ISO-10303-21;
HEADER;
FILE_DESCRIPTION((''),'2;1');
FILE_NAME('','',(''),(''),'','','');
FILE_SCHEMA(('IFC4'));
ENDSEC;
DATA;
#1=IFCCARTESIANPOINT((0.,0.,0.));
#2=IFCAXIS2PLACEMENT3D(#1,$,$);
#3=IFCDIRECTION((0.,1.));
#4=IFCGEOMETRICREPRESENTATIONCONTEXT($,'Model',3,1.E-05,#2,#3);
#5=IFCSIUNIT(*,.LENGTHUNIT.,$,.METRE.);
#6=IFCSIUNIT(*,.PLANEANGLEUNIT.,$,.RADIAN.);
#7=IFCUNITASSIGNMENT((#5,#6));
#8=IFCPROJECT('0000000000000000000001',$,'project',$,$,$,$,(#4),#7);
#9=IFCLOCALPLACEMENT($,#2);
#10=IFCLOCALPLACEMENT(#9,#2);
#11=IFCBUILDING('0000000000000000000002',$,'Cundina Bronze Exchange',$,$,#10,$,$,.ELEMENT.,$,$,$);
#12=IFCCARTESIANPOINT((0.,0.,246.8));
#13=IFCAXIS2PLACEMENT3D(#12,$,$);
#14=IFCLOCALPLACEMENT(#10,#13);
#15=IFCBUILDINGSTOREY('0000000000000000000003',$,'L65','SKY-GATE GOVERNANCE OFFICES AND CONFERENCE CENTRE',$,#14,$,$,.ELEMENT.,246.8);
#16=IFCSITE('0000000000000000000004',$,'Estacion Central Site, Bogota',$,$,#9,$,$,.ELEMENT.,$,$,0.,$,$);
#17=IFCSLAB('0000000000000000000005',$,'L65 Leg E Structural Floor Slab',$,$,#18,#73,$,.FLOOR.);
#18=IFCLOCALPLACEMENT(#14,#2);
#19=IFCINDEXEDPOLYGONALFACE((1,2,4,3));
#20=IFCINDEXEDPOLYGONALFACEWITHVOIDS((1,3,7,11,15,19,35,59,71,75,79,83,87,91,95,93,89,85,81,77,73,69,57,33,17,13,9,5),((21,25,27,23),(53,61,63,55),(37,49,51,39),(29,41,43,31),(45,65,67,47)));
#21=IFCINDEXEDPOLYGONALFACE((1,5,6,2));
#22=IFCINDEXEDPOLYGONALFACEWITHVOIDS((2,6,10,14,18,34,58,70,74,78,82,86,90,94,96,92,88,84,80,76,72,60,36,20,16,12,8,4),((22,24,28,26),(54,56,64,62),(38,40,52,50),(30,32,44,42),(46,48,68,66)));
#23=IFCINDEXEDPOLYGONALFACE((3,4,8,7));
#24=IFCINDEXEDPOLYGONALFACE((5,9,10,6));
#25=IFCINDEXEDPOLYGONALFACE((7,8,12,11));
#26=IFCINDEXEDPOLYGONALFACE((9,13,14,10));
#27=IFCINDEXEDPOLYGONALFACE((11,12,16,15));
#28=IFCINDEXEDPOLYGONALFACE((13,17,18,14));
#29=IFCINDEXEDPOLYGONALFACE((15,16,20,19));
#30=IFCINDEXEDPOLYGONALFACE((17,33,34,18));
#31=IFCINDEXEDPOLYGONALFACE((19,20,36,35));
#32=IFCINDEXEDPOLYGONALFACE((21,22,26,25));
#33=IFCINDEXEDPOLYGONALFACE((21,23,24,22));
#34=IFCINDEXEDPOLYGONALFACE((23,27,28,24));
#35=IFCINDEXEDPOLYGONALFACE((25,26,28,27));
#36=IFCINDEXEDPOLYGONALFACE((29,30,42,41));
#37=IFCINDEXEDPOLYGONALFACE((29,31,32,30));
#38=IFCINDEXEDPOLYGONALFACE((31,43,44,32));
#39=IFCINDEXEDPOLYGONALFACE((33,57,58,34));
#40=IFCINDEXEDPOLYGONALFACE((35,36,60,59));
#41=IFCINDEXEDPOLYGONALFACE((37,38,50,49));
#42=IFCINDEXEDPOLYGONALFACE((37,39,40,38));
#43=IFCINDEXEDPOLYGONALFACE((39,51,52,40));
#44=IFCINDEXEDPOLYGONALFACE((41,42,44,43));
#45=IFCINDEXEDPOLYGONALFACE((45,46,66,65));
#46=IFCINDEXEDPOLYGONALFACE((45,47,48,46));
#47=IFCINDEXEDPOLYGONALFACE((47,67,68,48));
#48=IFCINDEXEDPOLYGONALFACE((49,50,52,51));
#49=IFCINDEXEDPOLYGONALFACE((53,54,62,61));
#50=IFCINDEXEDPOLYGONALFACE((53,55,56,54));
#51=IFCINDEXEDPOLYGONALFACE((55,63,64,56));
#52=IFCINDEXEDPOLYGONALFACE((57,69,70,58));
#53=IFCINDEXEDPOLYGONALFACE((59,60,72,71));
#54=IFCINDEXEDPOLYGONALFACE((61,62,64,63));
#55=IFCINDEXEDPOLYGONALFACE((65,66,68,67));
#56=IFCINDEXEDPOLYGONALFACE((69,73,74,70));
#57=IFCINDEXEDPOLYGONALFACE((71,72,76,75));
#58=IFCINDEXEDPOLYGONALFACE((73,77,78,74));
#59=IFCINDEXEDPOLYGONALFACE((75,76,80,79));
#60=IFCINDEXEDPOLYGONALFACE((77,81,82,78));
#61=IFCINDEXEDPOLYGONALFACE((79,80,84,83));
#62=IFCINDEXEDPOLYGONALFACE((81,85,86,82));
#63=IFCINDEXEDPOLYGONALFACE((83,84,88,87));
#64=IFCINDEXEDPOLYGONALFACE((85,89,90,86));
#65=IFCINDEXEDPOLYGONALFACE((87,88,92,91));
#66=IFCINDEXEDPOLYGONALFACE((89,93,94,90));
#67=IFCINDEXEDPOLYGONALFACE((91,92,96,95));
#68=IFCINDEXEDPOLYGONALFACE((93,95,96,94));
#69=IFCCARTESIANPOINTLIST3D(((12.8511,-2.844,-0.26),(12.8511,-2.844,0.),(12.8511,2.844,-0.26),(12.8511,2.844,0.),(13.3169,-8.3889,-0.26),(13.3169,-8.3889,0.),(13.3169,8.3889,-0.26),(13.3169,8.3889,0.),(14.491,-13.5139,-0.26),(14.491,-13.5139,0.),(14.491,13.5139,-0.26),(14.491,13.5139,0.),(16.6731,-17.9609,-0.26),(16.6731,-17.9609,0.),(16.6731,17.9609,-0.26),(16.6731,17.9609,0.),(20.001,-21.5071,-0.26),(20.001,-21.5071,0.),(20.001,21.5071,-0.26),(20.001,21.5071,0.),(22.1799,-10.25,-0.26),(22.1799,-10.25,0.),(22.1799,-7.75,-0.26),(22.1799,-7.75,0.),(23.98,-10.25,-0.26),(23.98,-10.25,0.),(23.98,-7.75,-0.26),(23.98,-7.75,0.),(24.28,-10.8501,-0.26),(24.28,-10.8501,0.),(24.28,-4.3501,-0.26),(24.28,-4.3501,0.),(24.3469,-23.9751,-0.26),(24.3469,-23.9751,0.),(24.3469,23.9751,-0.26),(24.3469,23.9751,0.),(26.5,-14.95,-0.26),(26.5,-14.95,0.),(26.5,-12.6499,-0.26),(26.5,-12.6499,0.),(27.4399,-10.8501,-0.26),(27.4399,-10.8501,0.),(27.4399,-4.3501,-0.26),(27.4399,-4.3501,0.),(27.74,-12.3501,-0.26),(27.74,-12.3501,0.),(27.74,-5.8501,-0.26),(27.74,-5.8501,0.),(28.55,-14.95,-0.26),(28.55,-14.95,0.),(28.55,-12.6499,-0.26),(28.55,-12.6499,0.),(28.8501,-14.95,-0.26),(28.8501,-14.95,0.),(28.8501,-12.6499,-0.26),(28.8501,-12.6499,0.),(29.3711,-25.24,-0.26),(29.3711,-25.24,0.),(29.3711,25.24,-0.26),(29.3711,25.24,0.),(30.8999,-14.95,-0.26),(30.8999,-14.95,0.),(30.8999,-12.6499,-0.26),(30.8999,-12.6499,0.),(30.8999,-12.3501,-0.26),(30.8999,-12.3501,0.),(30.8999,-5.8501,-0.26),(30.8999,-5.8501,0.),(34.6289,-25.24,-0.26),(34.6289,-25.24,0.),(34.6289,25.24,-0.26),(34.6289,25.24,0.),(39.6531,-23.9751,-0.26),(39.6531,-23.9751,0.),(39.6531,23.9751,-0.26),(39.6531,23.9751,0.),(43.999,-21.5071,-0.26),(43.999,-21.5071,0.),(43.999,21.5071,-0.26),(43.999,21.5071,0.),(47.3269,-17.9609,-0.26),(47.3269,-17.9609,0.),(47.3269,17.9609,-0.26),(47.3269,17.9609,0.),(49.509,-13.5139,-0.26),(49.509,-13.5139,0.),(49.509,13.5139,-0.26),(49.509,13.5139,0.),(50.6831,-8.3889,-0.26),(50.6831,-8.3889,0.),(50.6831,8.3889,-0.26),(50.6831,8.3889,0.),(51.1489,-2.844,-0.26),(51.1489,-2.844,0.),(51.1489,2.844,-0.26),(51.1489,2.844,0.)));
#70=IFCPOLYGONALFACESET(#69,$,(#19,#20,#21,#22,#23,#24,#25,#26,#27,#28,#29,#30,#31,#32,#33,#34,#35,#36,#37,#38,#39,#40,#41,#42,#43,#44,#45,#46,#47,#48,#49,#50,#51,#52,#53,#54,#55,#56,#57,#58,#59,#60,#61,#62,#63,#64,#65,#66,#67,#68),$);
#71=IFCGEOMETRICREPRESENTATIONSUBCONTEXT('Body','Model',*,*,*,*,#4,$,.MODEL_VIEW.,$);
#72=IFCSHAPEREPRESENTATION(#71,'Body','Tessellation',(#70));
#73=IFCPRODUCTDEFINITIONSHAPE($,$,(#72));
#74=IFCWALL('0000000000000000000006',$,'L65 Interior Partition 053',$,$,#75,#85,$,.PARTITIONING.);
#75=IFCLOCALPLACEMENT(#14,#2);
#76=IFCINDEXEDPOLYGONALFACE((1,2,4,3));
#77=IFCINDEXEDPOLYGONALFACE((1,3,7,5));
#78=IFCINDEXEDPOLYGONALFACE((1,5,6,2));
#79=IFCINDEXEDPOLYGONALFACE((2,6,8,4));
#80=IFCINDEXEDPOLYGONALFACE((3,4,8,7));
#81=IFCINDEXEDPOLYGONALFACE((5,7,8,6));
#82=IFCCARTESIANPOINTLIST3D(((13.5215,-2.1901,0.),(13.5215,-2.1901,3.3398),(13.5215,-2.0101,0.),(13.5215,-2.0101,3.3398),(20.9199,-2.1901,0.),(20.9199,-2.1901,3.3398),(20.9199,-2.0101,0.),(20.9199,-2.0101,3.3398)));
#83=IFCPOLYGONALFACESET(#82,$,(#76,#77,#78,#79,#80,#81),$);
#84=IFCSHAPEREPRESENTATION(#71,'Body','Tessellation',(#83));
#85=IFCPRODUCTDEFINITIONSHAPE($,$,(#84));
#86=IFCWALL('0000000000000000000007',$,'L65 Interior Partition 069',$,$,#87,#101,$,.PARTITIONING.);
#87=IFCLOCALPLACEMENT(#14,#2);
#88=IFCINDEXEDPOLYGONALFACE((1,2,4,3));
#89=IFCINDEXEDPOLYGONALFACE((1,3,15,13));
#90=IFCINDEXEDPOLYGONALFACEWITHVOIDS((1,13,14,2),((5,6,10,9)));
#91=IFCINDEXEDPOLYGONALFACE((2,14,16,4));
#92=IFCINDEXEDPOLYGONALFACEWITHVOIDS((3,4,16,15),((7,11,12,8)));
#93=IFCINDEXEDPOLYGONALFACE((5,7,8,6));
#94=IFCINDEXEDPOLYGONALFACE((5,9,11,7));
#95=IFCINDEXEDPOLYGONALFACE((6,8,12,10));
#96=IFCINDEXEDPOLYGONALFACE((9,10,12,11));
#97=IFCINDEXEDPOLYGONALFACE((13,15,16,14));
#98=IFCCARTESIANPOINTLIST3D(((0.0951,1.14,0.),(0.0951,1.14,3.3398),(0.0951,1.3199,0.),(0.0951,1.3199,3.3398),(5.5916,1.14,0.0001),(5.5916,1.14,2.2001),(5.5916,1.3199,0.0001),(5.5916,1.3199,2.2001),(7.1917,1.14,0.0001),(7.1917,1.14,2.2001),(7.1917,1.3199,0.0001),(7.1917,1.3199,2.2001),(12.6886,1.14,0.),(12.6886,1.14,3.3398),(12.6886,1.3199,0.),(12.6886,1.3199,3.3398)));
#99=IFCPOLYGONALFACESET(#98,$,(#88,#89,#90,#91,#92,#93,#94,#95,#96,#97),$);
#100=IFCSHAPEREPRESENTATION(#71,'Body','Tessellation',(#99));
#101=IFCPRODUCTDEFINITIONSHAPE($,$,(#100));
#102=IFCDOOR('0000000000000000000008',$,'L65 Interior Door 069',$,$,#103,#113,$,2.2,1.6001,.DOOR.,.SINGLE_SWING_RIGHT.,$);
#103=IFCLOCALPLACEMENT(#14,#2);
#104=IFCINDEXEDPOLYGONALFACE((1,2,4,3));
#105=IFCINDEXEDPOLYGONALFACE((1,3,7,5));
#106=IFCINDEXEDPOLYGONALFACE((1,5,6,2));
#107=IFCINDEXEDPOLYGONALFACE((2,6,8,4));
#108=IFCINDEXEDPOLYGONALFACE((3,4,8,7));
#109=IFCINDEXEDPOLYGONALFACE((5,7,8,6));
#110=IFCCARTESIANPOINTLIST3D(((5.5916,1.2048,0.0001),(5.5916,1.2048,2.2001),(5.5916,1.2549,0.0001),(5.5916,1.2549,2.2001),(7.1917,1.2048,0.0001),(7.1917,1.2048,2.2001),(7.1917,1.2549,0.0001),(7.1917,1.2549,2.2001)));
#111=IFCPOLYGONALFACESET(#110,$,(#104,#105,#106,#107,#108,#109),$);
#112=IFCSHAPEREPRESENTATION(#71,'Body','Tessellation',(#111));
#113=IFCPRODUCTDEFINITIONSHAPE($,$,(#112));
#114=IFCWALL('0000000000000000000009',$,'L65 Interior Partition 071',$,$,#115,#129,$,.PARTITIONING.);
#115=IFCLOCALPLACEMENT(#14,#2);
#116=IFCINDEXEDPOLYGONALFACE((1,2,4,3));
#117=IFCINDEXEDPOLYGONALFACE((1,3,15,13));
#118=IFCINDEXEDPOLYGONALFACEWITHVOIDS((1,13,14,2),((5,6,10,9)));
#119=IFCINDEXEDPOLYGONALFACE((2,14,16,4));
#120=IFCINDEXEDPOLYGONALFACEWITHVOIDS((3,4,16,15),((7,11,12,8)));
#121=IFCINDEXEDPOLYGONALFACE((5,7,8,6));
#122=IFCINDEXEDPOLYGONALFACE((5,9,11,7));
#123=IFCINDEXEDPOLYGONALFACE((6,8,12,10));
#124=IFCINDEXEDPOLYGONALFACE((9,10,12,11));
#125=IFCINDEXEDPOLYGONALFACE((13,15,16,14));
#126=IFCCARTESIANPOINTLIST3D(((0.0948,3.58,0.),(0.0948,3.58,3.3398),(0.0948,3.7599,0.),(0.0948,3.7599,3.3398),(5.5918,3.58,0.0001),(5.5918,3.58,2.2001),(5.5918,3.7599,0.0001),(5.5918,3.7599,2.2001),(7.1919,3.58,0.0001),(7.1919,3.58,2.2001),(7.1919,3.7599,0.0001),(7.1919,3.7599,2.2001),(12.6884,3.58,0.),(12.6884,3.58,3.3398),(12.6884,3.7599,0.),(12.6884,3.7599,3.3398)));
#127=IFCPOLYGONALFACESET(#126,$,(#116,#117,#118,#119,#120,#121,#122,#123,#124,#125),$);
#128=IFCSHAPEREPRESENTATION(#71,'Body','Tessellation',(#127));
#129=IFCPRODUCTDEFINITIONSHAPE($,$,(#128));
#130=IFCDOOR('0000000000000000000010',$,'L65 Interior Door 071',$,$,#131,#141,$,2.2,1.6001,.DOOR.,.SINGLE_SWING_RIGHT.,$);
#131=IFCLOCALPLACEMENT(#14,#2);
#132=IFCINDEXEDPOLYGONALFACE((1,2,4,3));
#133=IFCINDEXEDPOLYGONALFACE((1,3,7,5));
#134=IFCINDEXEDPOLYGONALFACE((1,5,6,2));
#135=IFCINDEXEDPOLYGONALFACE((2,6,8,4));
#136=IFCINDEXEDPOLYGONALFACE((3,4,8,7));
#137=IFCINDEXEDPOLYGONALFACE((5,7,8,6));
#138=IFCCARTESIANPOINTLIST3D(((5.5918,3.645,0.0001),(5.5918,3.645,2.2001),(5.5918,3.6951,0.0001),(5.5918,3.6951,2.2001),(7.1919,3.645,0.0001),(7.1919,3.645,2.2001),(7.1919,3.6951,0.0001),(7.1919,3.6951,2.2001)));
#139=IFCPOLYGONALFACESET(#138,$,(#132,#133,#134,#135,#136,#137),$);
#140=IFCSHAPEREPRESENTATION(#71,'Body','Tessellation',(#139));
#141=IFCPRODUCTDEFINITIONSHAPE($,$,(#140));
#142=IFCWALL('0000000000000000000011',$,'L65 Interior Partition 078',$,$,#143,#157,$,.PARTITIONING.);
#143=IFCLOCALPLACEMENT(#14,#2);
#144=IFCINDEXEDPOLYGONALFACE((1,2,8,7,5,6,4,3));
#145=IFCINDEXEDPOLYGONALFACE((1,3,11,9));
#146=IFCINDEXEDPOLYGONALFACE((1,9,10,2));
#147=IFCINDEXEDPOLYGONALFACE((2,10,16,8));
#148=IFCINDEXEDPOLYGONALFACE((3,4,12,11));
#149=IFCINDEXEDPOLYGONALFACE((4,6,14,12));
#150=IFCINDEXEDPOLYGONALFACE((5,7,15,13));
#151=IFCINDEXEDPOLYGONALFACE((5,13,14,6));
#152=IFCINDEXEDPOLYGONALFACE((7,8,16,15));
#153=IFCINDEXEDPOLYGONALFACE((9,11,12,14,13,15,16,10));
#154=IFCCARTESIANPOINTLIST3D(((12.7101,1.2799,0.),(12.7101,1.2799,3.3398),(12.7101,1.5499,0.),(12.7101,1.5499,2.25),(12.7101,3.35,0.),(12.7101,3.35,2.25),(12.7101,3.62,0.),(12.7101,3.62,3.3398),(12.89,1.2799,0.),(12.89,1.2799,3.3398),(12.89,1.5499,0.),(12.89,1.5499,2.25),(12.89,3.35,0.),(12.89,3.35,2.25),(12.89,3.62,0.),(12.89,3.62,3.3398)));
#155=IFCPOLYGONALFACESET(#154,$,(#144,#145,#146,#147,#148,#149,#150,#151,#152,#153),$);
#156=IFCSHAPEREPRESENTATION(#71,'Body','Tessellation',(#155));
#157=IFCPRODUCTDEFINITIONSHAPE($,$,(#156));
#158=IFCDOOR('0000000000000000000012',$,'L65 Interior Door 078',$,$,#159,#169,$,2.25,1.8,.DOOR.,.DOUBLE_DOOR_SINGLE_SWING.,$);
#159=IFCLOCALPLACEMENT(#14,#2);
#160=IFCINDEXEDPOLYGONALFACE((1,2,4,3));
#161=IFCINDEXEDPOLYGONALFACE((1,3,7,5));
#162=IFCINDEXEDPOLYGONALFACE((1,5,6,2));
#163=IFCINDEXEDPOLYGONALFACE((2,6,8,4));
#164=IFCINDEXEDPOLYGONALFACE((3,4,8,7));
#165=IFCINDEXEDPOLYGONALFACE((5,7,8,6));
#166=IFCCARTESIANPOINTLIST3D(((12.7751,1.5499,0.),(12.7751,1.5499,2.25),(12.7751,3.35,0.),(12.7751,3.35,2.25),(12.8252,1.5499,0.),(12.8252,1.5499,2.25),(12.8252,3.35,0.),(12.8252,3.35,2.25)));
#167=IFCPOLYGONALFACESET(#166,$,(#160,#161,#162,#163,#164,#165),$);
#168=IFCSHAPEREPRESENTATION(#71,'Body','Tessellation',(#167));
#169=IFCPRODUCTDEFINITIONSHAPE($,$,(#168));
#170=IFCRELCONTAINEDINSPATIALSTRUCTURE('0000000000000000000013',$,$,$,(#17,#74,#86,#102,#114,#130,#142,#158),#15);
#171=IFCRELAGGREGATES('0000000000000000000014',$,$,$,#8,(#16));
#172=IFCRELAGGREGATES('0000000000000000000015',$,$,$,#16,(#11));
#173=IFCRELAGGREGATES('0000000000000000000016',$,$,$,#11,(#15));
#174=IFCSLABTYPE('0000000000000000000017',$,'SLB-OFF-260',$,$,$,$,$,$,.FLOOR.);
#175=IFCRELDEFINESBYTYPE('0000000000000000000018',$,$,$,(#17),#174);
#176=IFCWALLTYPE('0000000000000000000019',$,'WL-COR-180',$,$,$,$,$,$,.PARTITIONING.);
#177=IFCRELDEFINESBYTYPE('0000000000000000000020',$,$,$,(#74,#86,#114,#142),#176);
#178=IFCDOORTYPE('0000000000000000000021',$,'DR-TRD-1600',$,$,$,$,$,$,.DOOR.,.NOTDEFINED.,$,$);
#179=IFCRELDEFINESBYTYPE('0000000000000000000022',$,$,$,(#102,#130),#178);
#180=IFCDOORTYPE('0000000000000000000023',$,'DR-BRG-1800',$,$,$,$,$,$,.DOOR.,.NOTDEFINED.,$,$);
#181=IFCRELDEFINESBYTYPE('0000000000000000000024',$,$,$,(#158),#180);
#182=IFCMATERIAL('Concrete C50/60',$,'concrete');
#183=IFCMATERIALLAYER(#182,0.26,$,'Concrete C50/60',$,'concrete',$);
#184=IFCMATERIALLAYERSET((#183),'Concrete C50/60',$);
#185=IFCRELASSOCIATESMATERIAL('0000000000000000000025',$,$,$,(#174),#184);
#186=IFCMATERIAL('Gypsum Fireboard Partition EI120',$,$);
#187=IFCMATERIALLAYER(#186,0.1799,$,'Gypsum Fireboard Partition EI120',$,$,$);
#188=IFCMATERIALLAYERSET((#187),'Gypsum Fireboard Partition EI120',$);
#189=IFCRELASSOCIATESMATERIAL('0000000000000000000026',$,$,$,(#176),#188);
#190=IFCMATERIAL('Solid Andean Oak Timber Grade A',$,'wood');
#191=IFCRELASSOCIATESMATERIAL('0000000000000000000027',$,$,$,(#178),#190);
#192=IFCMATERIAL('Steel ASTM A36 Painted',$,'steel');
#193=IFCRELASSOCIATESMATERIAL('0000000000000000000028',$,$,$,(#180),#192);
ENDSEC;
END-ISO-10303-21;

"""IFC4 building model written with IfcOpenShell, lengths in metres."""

from ifc_helpers import new_model, si_unit, direction, frame, frame_2d, origin, place, context, subcontext, project, spatial, polyline, rectangle, outline, extrude, material, layer, layer_set, type_object, element, fill, save


model = new_model("IFC4")

# Units and contexts
model_context = context("Model", 3, precision=1e-05, world=origin(), true_north=direction((0.0, 1.0)))
body_context = subcontext(model_context, "Body", "Model", "MODEL_VIEW")
ifc_project = project(units=[si_unit("LENGTHUNIT", "METRE"), si_unit("PLANEANGLEUNIT", "RADIAN")], contexts=[model_context])

# Site, building, storey
site_placement = place(None, origin())
site = spatial("IfcSite", under=ifc_project, at=site_placement, Name="Estacion Central Site, Bogota", CompositionType="ELEMENT", RefElevation=0.0)
building_placement = place(site_placement, origin())
building = spatial("IfcBuilding", under=site, at=building_placement, Name="Cundina Bronze Exchange", CompositionType="ELEMENT")
storey_placement = place(building_placement, frame((0.0, 0.0, 246.8)))
storey = spatial("IfcBuildingStorey", under=building, at=storey_placement, Name="L65", Description="SKY-GATE GOVERNANCE OFFICES AND CONFERENCE CENTRE", CompositionType="ELEMENT", Elevation=246.8)

# Shared definitions
ifc_material_1 = material(Name="Concrete C50/60", Category="concrete")

# Slab
ifc_layer_1 = layer(ifc_material_1, 0.26, Name="Concrete C50/60", Category="concrete")
ifc_layer_set_1 = layer_set([ifc_layer_1], Name="Concrete C50/60")
slab_type_1 = type_object("IfcSlabType", Name="SLB-OFF-260", PredefinedType="FLOOR", material=ifc_layer_set_1)
slab_1_placement = place(storey_placement, frame((0.0, 0.0, -0.26)))
element("IfcSlab", 1, at=slab_1_placement, inside=storey, type_object=slab_type_1, Name="L65 Leg E Structural Floor Slab", PredefinedType="FLOOR", context=body_context, shape_type="SweptSolid", body=[
    extrude(outline(polyline([(51.1489, 2.844), (50.6831, 8.3889), (49.509, 13.5139), (47.3269, 17.9609), (43.999, 21.5071), (39.6531, 23.9751), (34.6289, 25.24), (29.3711, 25.24), (24.3469, 23.9751), (20.001, 21.5071), (16.6731, 17.9609), (14.491, 13.5139), (13.3169, 8.3889), (12.8511, 2.844), (12.8511, -2.844), (13.3169, -8.3889), (14.491, -13.5139), (16.6731, -17.9609), (20.001, -21.5071), (24.3469, -23.9751), (29.3711, -25.24), (34.6289, -25.24), (39.6531, -23.9751), (43.999, -21.5071), (47.3269, -17.9609), (49.509, -13.5139), (50.6831, -8.3889), (51.1489, -2.844), (51.1489, 2.844)]), holes=[polyline([(27.74, -5.8501), (27.74, -12.3501), (30.8999, -12.3501), (30.8999, -5.8501), (27.74, -5.8501)]), polyline([(27.4399, -10.8501), (27.4399, -4.3501), (24.28, -4.3501), (24.28, -10.8501), (27.4399, -10.8501)]), polyline([(22.1799, -7.75), (23.98, -7.75), (23.98, -10.25), (22.1799, -10.25), (22.1799, -7.75)]), polyline([(28.8501, -12.6499), (30.8999, -12.6499), (30.8999, -14.95), (28.8501, -14.95), (28.8501, -12.6499)]), polyline([(26.5, -12.6499), (28.55, -12.6499), (28.55, -14.95), (26.5, -14.95), (26.5, -12.6499)])]), origin(), (0.0, 0.0, 1.0), 0.26),
])

# Wall
ifc_material_2 = material(Name="Gypsum Fireboard Partition EI120")
ifc_layer_2 = layer(ifc_material_2, 0.1799, Name="Gypsum Fireboard Partition EI120")
ifc_layer_set_2 = layer_set([ifc_layer_2], Name="Gypsum Fireboard Partition EI120")
wall_type = type_object("IfcWallType", Name="WL-COR-180", PredefinedType="PARTITIONING", material=ifc_layer_set_2)
wall_1_placement = place(storey_placement, frame((13.5215, -2.1001, 0.0), z_axis=(0.0, 0.0, 1.0), x_axis=(1.0, 0.0, 0.0)))
element("IfcWall", 2, at=wall_1_placement, inside=storey, type_object=wall_type, Name="L65 Interior Partition 053", PredefinedType="PARTITIONING", context=body_context, shape_type="SweptSolid", body=[
    extrude(rectangle(XDim=7.3984, YDim=0.1799, at=frame_2d((3.6992, 0.0))), origin(), (0.0, 0.0, 1.0), 3.3398),
])

# Walls, openings, doors
wall_2_placement = place(storey_placement, frame((0.095, 1.23, 0.0), z_axis=(0.0, 0.0, 1.0), x_axis=(1.0, 0.0, 0.0)))
wall_2 = element("IfcWall", 3, at=wall_2_placement, inside=storey, type_object=wall_type, Name="L65 Interior Partition 069", PredefinedType="PARTITIONING", context=body_context, shape_type="SweptSolid", body=[
    extrude(rectangle(XDim=12.5935, YDim=0.1799, at=frame_2d((6.2969, 0.0))), origin(), (0.0, 0.0, 1.0), 3.3398),
])
opening_1_placement = place(wall_2_placement, frame((5.4966, 0.0, 0.0)))
opening_1 = element("IfcOpeningElement", 4, at=opening_1_placement, cuts=wall_2, PredefinedType="OPENING", context=body_context, shape_type="SweptSolid", body=[
    extrude(rectangle(XDim=1.6001, YDim=2.2, at=frame_2d((0.8, 1.1001))), frame((0.0, 0.0999, 0.0), z_axis=(0.0, -1.0, 0.0), x_axis=(1.0, 0.0, 0.0)), (0.0, 0.0, 1.0), 0.2),
])
ifc_material_3 = material(Name="Solid Andean Oak Timber Grade A", Category="wood")
door_type_1 = type_object("IfcDoorType", Name="DR-TRD-1600", OperationType="NOTDEFINED", PredefinedType="DOOR", material=ifc_material_3)
door_1_placement = place(opening_1_placement, origin())
door_1 = element("IfcDoor", 5, at=door_1_placement, inside=storey, type_object=door_type_1, Name="L65 Interior Door 069", OperationType="SINGLE_SWING_RIGHT", OverallHeight=2.2, OverallWidth=1.6001, PredefinedType="DOOR", context=body_context, shape_type="SweptSolid", body=[
    extrude(rectangle(XDim=1.6001, YDim=2.2, at=frame_2d((0.8, 1.1001))), frame((0.0, 0.0249, 0.0), z_axis=(0.0, -1.0, 0.0), x_axis=(1.0, 0.0, 0.0)), (0.0, 0.0, 1.0), 0.05),
])
fill(opening_1, door_1)
wall_3_placement = place(storey_placement, frame((12.6885, 3.6699, 0.0), z_axis=(0.0, 0.0, 1.0), x_axis=(-1.0, 0.0, 0.0)))
wall_3 = element("IfcWall", 6, at=wall_3_placement, inside=storey, type_object=wall_type, Name="L65 Interior Partition 071", PredefinedType="PARTITIONING", context=body_context, shape_type="SweptSolid", body=[
    extrude(rectangle(XDim=12.5935, YDim=0.1799, at=frame_2d((6.2969, 0.0))), origin(), (0.0, 0.0, 1.0), 3.3398),
])
opening_2_placement = place(wall_3_placement, frame((5.4966, 0.0, 0.0)))
opening_2 = element("IfcOpeningElement", 7, at=opening_2_placement, cuts=wall_3, PredefinedType="OPENING", context=body_context, shape_type="SweptSolid", body=[
    extrude(rectangle(XDim=1.6001, YDim=2.2, at=frame_2d((0.8, 1.1001))), frame((0.0, 0.0999, 0.0), z_axis=(0.0, -1.0, 0.0), x_axis=(1.0, 0.0, 0.0)), (0.0, 0.0, 1.0), 0.2),
])
door_2_placement = place(opening_2_placement, origin())
door_2 = element("IfcDoor", 8, at=door_2_placement, inside=storey, type_object=door_type_1, Name="L65 Interior Door 071", OperationType="SINGLE_SWING_RIGHT", OverallHeight=2.2, OverallWidth=1.6001, PredefinedType="DOOR", context=body_context, shape_type="SweptSolid", body=[
    extrude(rectangle(XDim=1.6001, YDim=2.2, at=frame_2d((0.8, 1.1001))), frame((0.0, 0.0249, 0.0), z_axis=(0.0, -1.0, 0.0), x_axis=(1.0, 0.0, 0.0)), (0.0, 0.0, 1.0), 0.05),
])
fill(opening_2, door_2)
wall_4_placement = place(storey_placement, frame((12.8, 1.28, 0.0), z_axis=(0.0, 0.0, 1.0), x_axis=(0.0, 1.0, 0.0)))
wall_4 = element("IfcWall", 9, at=wall_4_placement, inside=storey, type_object=wall_type, Name="L65 Interior Partition 078", PredefinedType="PARTITIONING", context=body_context, shape_type="SweptSolid", body=[
    extrude(rectangle(XDim=2.3401, YDim=0.1799, at=frame_2d((1.1699, 0.0))), origin(), (0.0, 0.0, 1.0), 3.3398),
])
opening_3_placement = place(wall_4_placement, frame((0.27, 0.0, 0.0)))
opening_3 = element("IfcOpeningElement", 10, at=opening_3_placement, cuts=wall_4, PredefinedType="OPENING", context=body_context, shape_type="SweptSolid", body=[
    extrude(rectangle(XDim=1.8, YDim=2.25, at=frame_2d((0.8999, 1.125))), frame((0.0, 0.0999, 0.0), z_axis=(0.0, -1.0, 0.0), x_axis=(1.0, 0.0, 0.0)), (0.0, 0.0, 1.0), 0.2),
])
ifc_material_4 = material(Name="Steel ASTM A36 Painted", Category="steel")
door_type_2 = type_object("IfcDoorType", Name="DR-BRG-1800", OperationType="NOTDEFINED", PredefinedType="DOOR", material=ifc_material_4)
door_3_placement = place(opening_3_placement, origin())
door_3 = element("IfcDoor", 11, at=door_3_placement, inside=storey, type_object=door_type_2, Name="L65 Interior Door 078", OperationType="DOUBLE_DOOR_SINGLE_SWING", OverallHeight=2.25, OverallWidth=1.8, PredefinedType="DOOR", context=body_context, shape_type="SweptSolid", body=[
    extrude(rectangle(XDim=1.8, YDim=2.25, at=frame_2d((0.8999, 1.125))), frame((0.0, 0.0249, 0.0), z_axis=(0.0, -1.0, 0.0), x_axis=(1.0, 0.0, 0.0)), (0.0, 0.0, 1.0), 0.05),
])
fill(opening_3, door_3)

save(model, "model.ifc")
